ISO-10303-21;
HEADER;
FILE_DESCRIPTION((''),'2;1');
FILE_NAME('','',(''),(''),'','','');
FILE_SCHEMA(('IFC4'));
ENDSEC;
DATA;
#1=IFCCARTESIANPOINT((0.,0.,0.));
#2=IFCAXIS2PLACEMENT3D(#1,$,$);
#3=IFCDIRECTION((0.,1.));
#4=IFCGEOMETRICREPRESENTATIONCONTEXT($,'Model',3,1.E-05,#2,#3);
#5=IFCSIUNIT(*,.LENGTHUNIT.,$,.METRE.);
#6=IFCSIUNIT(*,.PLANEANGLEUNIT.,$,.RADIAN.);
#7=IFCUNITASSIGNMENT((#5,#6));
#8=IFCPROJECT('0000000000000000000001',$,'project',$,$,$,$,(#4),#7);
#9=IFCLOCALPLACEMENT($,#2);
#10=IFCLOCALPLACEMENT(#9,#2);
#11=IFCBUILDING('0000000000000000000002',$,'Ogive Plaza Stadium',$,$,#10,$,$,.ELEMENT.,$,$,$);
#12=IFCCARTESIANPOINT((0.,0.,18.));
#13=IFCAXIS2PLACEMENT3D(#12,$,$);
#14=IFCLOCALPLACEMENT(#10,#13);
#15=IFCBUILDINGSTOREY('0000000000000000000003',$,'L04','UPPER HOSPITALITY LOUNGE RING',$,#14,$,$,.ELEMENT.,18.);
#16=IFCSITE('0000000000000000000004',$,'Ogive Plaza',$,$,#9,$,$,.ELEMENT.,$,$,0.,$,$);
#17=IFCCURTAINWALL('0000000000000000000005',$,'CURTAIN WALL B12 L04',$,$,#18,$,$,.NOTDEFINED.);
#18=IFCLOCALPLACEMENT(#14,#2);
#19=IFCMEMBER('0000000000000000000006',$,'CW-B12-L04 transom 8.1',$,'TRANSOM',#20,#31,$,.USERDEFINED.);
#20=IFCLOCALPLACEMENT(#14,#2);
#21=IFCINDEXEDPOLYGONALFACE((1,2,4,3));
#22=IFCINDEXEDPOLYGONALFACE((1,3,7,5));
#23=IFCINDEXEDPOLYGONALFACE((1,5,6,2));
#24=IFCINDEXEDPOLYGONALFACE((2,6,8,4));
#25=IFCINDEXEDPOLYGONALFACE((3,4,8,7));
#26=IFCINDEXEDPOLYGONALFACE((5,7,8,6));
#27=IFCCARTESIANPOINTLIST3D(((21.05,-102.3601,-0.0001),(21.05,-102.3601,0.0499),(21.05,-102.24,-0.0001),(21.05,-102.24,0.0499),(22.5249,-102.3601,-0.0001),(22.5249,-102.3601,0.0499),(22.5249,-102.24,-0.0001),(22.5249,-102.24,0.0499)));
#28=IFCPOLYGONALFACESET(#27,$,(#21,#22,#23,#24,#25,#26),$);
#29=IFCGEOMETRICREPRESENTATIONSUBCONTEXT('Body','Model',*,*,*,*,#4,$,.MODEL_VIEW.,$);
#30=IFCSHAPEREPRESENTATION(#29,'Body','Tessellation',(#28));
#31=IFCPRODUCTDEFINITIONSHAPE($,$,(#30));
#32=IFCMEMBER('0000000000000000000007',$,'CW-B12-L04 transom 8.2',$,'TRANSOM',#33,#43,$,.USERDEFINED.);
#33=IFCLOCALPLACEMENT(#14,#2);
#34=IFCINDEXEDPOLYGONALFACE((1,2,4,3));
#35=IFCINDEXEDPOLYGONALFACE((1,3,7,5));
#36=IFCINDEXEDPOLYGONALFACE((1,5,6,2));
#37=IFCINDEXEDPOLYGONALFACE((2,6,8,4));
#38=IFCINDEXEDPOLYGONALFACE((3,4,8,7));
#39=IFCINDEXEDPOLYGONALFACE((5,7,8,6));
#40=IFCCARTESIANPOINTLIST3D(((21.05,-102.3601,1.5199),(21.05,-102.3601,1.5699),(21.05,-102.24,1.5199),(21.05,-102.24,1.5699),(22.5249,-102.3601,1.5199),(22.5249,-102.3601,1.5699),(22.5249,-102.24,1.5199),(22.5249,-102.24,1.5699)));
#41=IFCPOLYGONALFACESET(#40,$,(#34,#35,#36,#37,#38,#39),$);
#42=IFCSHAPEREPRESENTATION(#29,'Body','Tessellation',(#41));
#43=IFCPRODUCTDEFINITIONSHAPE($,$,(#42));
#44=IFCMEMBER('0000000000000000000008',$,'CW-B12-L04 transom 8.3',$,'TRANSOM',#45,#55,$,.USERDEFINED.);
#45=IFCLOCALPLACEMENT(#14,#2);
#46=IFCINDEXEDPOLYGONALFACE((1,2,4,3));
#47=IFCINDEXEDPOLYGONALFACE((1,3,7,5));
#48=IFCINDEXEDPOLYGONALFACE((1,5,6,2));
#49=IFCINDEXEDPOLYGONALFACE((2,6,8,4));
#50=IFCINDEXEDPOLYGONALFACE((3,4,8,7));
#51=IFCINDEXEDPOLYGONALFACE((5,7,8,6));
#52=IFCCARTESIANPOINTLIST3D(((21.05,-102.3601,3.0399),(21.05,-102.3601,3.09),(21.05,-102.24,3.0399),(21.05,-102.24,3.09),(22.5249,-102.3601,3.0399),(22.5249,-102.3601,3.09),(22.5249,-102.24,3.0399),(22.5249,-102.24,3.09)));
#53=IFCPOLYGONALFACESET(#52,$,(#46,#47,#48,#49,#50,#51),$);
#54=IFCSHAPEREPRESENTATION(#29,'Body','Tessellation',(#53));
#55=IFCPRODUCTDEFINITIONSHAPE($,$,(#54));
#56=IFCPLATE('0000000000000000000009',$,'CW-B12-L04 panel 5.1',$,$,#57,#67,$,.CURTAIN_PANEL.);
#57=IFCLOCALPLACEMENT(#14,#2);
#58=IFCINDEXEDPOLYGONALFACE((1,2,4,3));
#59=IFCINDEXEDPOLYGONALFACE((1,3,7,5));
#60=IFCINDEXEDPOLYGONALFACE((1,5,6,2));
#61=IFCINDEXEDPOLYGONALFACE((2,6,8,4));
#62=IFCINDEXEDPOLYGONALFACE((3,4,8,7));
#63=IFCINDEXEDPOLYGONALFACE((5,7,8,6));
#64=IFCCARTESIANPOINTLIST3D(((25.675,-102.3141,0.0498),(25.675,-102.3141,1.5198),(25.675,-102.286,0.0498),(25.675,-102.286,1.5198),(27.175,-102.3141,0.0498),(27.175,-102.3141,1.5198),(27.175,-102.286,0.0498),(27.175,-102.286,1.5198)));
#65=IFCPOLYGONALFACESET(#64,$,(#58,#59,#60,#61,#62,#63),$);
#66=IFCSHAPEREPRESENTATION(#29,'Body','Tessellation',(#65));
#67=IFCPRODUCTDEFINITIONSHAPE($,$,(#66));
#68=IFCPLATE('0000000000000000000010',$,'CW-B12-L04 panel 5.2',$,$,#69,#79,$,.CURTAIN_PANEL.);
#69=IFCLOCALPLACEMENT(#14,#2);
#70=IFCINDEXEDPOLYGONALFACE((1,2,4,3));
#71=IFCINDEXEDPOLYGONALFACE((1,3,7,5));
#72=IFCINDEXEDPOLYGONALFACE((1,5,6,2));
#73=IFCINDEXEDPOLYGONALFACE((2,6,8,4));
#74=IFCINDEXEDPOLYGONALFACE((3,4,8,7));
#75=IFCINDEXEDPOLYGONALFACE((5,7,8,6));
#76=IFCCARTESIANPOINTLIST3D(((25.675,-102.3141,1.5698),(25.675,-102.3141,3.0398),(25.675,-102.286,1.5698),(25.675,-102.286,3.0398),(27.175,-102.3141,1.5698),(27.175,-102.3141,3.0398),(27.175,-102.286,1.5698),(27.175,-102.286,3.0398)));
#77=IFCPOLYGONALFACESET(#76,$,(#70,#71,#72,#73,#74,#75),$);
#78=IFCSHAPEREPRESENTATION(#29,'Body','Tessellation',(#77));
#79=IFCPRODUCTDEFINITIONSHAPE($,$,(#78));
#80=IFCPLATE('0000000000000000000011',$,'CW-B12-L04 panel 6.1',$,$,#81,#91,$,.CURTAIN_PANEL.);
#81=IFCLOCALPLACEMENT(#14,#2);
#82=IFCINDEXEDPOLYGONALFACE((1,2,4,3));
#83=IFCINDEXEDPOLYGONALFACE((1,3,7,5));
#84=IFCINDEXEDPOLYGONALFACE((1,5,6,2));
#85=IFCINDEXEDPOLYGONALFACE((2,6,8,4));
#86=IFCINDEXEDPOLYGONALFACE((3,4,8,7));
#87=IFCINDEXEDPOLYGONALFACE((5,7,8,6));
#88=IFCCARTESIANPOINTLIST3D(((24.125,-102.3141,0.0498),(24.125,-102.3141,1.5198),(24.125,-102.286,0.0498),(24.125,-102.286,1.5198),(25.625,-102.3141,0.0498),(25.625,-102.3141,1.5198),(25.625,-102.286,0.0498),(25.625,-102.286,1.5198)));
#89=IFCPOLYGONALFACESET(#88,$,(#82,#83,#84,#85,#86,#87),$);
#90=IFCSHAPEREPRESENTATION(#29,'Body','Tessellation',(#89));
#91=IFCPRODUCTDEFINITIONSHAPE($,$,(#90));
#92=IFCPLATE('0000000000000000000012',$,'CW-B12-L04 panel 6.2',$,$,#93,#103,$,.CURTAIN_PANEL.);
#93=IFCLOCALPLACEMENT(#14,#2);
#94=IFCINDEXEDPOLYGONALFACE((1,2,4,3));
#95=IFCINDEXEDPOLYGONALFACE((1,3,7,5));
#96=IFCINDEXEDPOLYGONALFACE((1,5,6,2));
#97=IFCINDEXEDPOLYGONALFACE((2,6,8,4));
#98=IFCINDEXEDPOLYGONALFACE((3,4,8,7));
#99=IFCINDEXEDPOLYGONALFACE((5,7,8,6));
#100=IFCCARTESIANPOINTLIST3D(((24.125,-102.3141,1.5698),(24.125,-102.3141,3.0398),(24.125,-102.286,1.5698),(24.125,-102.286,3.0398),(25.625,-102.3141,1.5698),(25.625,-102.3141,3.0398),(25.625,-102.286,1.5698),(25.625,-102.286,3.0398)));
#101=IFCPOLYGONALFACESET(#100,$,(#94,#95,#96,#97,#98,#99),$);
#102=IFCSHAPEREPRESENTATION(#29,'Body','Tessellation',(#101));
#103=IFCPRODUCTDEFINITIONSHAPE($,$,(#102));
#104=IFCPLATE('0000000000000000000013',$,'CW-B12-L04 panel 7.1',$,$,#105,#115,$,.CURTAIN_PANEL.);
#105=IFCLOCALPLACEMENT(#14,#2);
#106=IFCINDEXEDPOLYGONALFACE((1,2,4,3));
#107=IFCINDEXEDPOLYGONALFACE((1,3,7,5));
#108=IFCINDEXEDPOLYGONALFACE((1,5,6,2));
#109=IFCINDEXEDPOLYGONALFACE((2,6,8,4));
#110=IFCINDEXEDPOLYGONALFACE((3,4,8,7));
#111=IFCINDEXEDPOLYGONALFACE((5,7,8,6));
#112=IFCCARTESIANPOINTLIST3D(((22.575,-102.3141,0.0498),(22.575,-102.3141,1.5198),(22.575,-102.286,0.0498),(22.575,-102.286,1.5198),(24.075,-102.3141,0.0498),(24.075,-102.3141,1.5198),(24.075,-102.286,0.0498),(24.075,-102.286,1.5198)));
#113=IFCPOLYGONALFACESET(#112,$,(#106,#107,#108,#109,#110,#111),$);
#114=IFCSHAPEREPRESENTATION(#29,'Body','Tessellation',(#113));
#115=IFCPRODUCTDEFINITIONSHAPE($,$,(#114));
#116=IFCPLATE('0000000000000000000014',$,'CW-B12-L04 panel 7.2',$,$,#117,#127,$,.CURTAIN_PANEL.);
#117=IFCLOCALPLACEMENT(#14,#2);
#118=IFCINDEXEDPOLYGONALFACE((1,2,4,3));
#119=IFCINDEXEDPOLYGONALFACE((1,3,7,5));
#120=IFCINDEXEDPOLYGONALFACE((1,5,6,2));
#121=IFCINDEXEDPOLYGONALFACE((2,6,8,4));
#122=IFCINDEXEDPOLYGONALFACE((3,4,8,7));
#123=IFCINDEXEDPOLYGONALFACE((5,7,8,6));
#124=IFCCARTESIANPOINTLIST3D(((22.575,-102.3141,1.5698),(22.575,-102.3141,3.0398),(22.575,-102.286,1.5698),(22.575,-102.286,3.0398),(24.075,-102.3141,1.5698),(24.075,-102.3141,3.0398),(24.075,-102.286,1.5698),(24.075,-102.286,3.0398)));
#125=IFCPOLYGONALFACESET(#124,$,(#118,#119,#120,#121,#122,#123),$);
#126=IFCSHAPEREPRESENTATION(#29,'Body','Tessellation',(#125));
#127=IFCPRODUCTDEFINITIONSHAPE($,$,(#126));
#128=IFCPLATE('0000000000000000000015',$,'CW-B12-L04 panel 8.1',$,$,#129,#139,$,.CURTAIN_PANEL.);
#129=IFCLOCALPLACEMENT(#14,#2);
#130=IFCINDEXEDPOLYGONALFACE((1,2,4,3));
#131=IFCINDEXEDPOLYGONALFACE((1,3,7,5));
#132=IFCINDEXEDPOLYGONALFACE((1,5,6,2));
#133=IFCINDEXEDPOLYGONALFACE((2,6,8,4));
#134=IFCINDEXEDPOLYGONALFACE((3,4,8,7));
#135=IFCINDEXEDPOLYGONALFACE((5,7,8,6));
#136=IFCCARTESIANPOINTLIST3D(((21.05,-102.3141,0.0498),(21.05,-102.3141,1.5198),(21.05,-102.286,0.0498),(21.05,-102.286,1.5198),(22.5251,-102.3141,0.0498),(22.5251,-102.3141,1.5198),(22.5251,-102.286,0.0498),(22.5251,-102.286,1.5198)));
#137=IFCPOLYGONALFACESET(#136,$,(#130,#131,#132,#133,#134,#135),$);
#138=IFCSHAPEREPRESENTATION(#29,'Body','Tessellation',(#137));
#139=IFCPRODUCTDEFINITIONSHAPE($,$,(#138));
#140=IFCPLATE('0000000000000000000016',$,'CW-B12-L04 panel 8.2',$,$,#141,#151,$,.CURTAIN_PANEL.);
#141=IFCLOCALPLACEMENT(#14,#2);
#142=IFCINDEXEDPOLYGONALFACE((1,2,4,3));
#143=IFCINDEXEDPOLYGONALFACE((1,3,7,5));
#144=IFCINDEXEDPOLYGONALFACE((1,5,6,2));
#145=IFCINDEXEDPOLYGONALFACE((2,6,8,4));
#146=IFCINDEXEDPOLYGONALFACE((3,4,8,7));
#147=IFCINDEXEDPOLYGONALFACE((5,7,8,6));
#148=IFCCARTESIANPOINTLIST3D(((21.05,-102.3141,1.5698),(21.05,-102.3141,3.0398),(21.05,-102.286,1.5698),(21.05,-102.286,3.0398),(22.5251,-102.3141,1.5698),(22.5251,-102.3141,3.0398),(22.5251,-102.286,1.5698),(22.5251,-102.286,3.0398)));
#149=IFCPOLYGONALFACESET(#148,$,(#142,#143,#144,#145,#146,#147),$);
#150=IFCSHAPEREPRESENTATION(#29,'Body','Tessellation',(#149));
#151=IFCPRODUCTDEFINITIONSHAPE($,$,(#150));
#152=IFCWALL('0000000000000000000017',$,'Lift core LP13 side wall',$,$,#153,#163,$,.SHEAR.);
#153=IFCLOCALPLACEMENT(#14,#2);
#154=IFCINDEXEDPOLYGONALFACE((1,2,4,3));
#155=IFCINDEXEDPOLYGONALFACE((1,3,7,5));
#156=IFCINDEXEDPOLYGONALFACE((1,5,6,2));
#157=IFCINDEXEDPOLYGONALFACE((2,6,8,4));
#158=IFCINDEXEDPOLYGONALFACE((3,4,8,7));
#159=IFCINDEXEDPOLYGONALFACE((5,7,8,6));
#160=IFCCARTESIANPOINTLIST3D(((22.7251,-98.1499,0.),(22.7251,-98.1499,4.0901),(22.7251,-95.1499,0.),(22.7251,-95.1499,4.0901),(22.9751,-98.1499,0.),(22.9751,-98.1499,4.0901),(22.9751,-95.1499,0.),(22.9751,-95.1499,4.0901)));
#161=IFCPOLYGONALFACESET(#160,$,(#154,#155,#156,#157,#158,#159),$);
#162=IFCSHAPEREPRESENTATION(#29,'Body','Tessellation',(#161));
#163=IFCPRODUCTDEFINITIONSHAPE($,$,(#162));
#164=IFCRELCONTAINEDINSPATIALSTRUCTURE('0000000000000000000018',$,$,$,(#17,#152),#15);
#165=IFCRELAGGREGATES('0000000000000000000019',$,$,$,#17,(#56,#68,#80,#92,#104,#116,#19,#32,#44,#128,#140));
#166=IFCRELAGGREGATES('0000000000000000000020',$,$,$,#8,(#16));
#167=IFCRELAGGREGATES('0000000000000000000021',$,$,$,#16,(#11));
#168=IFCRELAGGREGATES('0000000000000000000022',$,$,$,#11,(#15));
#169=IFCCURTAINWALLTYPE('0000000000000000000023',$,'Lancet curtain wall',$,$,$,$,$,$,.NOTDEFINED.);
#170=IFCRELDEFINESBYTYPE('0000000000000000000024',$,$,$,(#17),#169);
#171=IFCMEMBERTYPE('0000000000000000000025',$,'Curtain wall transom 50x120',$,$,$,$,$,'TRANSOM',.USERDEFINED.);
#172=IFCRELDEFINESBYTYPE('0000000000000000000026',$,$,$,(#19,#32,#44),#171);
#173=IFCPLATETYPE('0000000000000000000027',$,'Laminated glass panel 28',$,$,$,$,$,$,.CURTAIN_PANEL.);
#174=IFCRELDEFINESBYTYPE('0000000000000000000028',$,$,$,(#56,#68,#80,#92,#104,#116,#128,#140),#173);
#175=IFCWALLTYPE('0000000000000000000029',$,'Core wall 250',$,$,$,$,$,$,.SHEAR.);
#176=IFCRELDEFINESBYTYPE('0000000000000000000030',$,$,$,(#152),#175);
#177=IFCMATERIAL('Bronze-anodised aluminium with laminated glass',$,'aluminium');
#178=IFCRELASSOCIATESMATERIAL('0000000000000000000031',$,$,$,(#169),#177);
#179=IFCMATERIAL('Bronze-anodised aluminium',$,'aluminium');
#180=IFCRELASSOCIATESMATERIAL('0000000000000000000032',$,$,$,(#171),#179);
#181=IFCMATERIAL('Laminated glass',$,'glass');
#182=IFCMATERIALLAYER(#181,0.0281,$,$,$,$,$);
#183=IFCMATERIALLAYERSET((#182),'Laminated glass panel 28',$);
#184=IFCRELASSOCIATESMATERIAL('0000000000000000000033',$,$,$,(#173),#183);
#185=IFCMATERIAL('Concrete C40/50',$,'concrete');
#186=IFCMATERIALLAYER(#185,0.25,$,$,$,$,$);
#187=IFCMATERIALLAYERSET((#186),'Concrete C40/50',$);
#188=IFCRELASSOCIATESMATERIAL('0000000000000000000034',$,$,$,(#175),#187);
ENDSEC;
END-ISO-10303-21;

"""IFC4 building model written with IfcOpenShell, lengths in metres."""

from ifc_helpers import new_model, si_unit, direction, frame, frame_2d, origin, origin_2d, place, context, subcontext, project, spatial, rectangle, extrude, material, layer, layer_set, material_profile, profile_set, type_object, element, aggregate, save


model = new_model("IFC4")

# Units and contexts
model_context = context("Model", 3, precision=1e-05, world=origin(), true_north=direction((0.0, 1.0)))
body_context = subcontext(model_context, "Body", "Model", "MODEL_VIEW")
ifc_project = project(units=[si_unit("LENGTHUNIT", "METRE"), si_unit("PLANEANGLEUNIT", "RADIAN")], contexts=[model_context])

# Site, building, storey
site_placement = place(None, origin())
site = spatial("IfcSite", under=ifc_project, at=site_placement, Name="Ogive Plaza", CompositionType="ELEMENT", RefElevation=0.0)
building_placement = place(site_placement, origin())
building = spatial("IfcBuilding", under=site, at=building_placement, Name="Ogive Plaza Stadium", CompositionType="ELEMENT")
storey_placement = place(building_placement, frame((0.0, 0.0, 18.0)))
storey = spatial("IfcBuildingStorey", under=building, at=storey_placement, Name="L04", Description="UPPER HOSPITALITY LOUNGE RING", CompositionType="ELEMENT", Elevation=18.0)

# Curtain wall, members, plates
ifc_material_1 = material(Name="Bronze-anodised aluminium with laminated glass", Category="aluminium")
curtain_wall_type = type_object("IfcCurtainWallType", Name="Lancet curtain wall", PredefinedType="NOTDEFINED", material=ifc_material_1)
curtain_wall_placement = place(storey_placement, origin())
curtain_wall = element("IfcCurtainWall", 1, at=curtain_wall_placement, inside=storey, type_object=curtain_wall_type, Name="CURTAIN WALL B12 L04", PredefinedType="NOTDEFINED")
ifc_material_2 = material(Name="Bronze-anodised aluminium", Category="aluminium")
ifc_material_profile_1 = material_profile(ifc_material_2, rectangle(XDim=0.1201, YDim=0.05, at=origin_2d()), Name="AL 120x50")
ifc_profile_set_1 = profile_set([ifc_material_profile_1], Name="Bronze-anodised aluminium")
member_type_1 = type_object("IfcMemberType", Name="Curtain wall transom 50x120", ElementType="TRANSOM", PredefinedType="USERDEFINED", material=ifc_profile_set_1)
member_1_placement = place(storey_placement, frame((22.5249, -102.3, 0.0249), z_axis=(-1.0, 0.0, 0.0), x_axis=(0.0, -1.0, 0.0)))
member_1 = element("IfcMember", 2, at=member_1_placement, type_object=member_type_1, Name="CW-B12-L04 transom 8.1", ObjectType="TRANSOM", PredefinedType="USERDEFINED", context=body_context, shape_type="SweptSolid", body=[
    extrude(rectangle(XDim=0.1201, YDim=0.05, at=origin_2d()), origin(), (0.0, 0.0, 1.0), 1.4749),
])
member_2_placement = place(storey_placement, frame((22.5249, -102.3, 1.5449), z_axis=(-1.0, 0.0, 0.0), x_axis=(0.0, -1.0, 0.0)))
member_2 = element("IfcMember", 3, at=member_2_placement, type_object=member_type_1, Name="CW-B12-L04 transom 8.2", ObjectType="TRANSOM", PredefinedType="USERDEFINED", context=body_context, shape_type="SweptSolid", body=[
    extrude(rectangle(XDim=0.1201, YDim=0.05, at=origin_2d()), origin(), (0.0, 0.0, 1.0), 1.4749),
])
member_3_placement = place(storey_placement, frame((22.5249, -102.3, 3.0649), z_axis=(-1.0, 0.0, 0.0), x_axis=(0.0, -1.0, 0.0)))
member_3 = element("IfcMember", 4, at=member_3_placement, type_object=member_type_1, Name="CW-B12-L04 transom 8.3", ObjectType="TRANSOM", PredefinedType="USERDEFINED", context=body_context, shape_type="SweptSolid", body=[
    extrude(rectangle(XDim=0.1201, YDim=0.05, at=origin_2d()), origin(), (0.0, 0.0, 1.0), 1.4749),
])
ifc_material_3 = material(Name="Laminated glass", Category="glass")
ifc_layer_1 = layer(ifc_material_3, 0.0281)
ifc_layer_set_1 = layer_set([ifc_layer_1], Name="Laminated glass panel 28")
plate_type = type_object("IfcPlateType", Name="Laminated glass panel 28", PredefinedType="CURTAIN_PANEL", material=ifc_layer_set_1)
plate_1_placement = place(storey_placement, frame((26.425, -102.3, 0.0498), z_axis=(0.0, 0.0, 1.0), x_axis=(-1.0, 0.0, 0.0)))
plate_1 = element("IfcPlate", 5, at=plate_1_placement, type_object=plate_type, Name="CW-B12-L04 panel 5.1", PredefinedType="CURTAIN_PANEL", context=body_context, shape_type="SweptSolid", body=[
    extrude(rectangle(XDim=1.5, YDim=0.0281, at=origin_2d()), origin(), (0.0, 0.0, 1.0), 1.47),
])
plate_2_placement = place(storey_placement, frame((26.425, -102.3, 1.5698), z_axis=(0.0, 0.0, 1.0), x_axis=(-1.0, 0.0, 0.0)))
plate_2 = element("IfcPlate", 6, at=plate_2_placement, type_object=plate_type, Name="CW-B12-L04 panel 5.2", PredefinedType="CURTAIN_PANEL", context=body_context, shape_type="SweptSolid", body=[
    extrude(rectangle(XDim=1.5, YDim=0.0281, at=origin_2d()), origin(), (0.0, 0.0, 1.0), 1.47),
])
plate_3_placement = place(storey_placement, frame((24.875, -102.3, 0.0498), z_axis=(0.0, 0.0, 1.0), x_axis=(-1.0, 0.0, 0.0)))
plate_3 = element("IfcPlate", 7, at=plate_3_placement, type_object=plate_type, Name="CW-B12-L04 panel 6.1", PredefinedType="CURTAIN_PANEL", context=body_context, shape_type="SweptSolid", body=[
    extrude(rectangle(XDim=1.5, YDim=0.0281, at=origin_2d()), origin(), (0.0, 0.0, 1.0), 1.47),
])
plate_4_placement = place(storey_placement, frame((24.875, -102.3, 1.5698), z_axis=(0.0, 0.0, 1.0), x_axis=(-1.0, 0.0, 0.0)))
plate_4 = element("IfcPlate", 8, at=plate_4_placement, type_object=plate_type, Name="CW-B12-L04 panel 6.2", PredefinedType="CURTAIN_PANEL", context=body_context, shape_type="SweptSolid", body=[
    extrude(rectangle(XDim=1.5, YDim=0.0281, at=origin_2d()), origin(), (0.0, 0.0, 1.0), 1.47),
])
plate_5_placement = place(storey_placement, frame((23.325, -102.3, 0.0498), z_axis=(0.0, 0.0, 1.0), x_axis=(-1.0, 0.0, 0.0)))
plate_5 = element("IfcPlate", 9, at=plate_5_placement, type_object=plate_type, Name="CW-B12-L04 panel 7.1", PredefinedType="CURTAIN_PANEL", context=body_context, shape_type="SweptSolid", body=[
    extrude(rectangle(XDim=1.5, YDim=0.0281, at=origin_2d()), origin(), (0.0, 0.0, 1.0), 1.47),
])
plate_6_placement = place(storey_placement, frame((23.325, -102.3, 1.5698), z_axis=(0.0, 0.0, 1.0), x_axis=(-1.0, 0.0, 0.0)))
plate_6 = element("IfcPlate", 10, at=plate_6_placement, type_object=plate_type, Name="CW-B12-L04 panel 7.2", PredefinedType="CURTAIN_PANEL", context=body_context, shape_type="SweptSolid", body=[
    extrude(rectangle(XDim=1.5, YDim=0.0281, at=origin_2d()), origin(), (0.0, 0.0, 1.0), 1.47),
])
plate_7_placement = place(storey_placement, frame((21.7876, -102.3, 0.0498), z_axis=(0.0, 0.0, 1.0), x_axis=(-1.0, 0.0, 0.0)))
plate_7 = element("IfcPlate", 11, at=plate_7_placement, type_object=plate_type, Name="CW-B12-L04 panel 8.1", PredefinedType="CURTAIN_PANEL", context=body_context, shape_type="SweptSolid", body=[
    extrude(rectangle(XDim=1.4751, YDim=0.0281, at=origin_2d()), origin(), (0.0, 0.0, 1.0), 1.47),
])
plate_8_placement = place(storey_placement, frame((21.7876, -102.3, 1.5698), z_axis=(0.0, 0.0, 1.0), x_axis=(-1.0, 0.0, 0.0)))
plate_8 = element("IfcPlate", 12, at=plate_8_placement, type_object=plate_type, Name="CW-B12-L04 panel 8.2", PredefinedType="CURTAIN_PANEL", context=body_context, shape_type="SweptSolid", body=[
    extrude(rectangle(XDim=1.4751, YDim=0.0281, at=origin_2d()), origin(), (0.0, 0.0, 1.0), 1.47),
])
aggregate(curtain_wall, [plate_1, plate_2, plate_3, plate_4, plate_5, plate_6, member_1, member_2, member_3, plate_7, plate_8])

# Wall
ifc_material_4 = material(Name="Concrete C40/50", Category="concrete")
ifc_layer_2 = layer(ifc_material_4, 0.25)
ifc_layer_set_2 = layer_set([ifc_layer_2], Name="Concrete C40/50")
wall_type = type_object("IfcWallType", Name="Core wall 250", PredefinedType="SHEAR", material=ifc_layer_set_2)
wall_placement = place(storey_placement, frame((22.8501, -95.1499, 0.0), z_axis=(0.0, 0.0, 1.0), x_axis=(0.0, -1.0, 0.0)))
element("IfcWall", 13, at=wall_placement, inside=storey, type_object=wall_type, Name="Lift core LP13 side wall", PredefinedType="SHEAR", context=body_context, shape_type="SweptSolid", body=[
    extrude(rectangle(XDim=3.0, YDim=0.25, at=frame_2d((1.5, 0.0))), origin(), (0.0, 0.0, 1.0), 4.0901),
])

save(model, "model.ifc")
